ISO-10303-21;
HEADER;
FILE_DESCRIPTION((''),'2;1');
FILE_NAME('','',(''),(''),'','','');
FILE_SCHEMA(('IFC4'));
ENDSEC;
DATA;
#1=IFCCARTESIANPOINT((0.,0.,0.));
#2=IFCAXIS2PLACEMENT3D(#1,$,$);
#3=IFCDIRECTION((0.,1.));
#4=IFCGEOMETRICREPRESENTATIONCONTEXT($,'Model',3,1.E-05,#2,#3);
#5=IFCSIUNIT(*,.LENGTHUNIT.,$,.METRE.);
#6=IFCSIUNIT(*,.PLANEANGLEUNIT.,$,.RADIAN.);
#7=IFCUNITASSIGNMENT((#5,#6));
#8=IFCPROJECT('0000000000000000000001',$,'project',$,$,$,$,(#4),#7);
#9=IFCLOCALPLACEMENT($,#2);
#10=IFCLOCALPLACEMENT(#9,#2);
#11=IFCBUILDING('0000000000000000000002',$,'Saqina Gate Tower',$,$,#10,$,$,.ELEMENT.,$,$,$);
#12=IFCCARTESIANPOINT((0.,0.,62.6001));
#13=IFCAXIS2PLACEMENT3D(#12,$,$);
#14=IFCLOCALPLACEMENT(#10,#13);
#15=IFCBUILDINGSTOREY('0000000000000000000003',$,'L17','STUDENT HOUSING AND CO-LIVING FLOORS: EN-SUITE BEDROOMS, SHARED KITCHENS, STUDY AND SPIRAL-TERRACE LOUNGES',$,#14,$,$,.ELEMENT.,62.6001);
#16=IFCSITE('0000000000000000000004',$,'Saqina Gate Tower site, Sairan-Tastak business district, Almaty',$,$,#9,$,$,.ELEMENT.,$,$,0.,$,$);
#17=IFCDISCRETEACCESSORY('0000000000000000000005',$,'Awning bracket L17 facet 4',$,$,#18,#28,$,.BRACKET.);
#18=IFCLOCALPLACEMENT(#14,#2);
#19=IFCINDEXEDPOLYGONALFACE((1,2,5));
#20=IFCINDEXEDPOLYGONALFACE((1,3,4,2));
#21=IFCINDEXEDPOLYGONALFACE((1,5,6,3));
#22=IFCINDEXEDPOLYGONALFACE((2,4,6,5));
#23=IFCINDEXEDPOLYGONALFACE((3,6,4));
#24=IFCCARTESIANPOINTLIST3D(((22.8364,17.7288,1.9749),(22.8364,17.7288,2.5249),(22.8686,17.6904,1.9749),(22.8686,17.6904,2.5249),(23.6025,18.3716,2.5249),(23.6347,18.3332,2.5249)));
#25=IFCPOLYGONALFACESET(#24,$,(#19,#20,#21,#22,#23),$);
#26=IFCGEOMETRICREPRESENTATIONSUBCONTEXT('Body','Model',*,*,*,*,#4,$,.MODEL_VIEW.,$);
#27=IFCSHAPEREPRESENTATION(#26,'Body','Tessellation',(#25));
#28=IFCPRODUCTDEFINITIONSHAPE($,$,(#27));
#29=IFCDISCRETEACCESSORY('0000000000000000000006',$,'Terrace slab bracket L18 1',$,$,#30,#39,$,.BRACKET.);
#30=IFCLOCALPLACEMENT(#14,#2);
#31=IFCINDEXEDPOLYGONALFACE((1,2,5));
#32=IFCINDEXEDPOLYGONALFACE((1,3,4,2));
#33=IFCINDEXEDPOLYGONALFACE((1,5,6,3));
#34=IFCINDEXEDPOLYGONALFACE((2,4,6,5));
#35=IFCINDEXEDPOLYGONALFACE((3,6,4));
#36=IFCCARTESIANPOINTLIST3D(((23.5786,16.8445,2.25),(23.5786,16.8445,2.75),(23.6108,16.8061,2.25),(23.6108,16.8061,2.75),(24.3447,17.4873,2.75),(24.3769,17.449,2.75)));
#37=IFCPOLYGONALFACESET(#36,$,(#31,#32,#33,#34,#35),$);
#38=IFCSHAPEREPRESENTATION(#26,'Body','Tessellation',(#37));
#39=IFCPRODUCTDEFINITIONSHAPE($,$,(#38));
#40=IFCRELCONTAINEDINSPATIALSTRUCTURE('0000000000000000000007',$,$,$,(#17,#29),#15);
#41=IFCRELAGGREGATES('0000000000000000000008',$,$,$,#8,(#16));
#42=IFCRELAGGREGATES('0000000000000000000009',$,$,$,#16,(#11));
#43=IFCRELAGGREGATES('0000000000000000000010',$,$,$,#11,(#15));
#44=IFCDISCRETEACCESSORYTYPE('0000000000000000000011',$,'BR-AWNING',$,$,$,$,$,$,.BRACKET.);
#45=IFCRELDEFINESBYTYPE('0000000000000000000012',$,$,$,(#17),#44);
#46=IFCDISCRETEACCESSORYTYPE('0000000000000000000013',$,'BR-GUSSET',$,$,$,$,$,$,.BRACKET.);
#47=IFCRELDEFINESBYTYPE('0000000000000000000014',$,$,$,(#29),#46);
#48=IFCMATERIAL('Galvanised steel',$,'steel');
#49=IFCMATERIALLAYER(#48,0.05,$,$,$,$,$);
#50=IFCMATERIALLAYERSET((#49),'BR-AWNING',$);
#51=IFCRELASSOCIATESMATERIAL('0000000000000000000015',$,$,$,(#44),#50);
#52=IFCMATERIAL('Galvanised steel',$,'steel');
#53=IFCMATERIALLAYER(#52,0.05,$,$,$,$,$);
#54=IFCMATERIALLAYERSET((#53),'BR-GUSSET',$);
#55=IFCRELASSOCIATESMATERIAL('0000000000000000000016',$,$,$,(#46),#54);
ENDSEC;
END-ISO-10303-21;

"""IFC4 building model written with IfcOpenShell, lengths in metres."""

from ifc_helpers import new_model, si_unit, direction, frame, origin, place, context, subcontext, project, spatial, polyline, outline, extrude, material, layer, layer_set, type_object, element, save


model = new_model("IFC4")

# Units and contexts
model_context = context("Model", 3, precision=1e-05, world=origin(), true_north=direction((0.0, 1.0)))
body_context = subcontext(model_context, "Body", "Model", "MODEL_VIEW")
ifc_project = project(units=[si_unit("LENGTHUNIT", "METRE"), si_unit("PLANEANGLEUNIT", "RADIAN")], contexts=[model_context])

# Site, building, storey
site_placement = place(None, origin())
site = spatial("IfcSite", under=ifc_project, at=site_placement, Name="Saqina Gate Tower site, Sairan-Tastak business district, Almaty", CompositionType="ELEMENT", RefElevation=0.0)
building_placement = place(site_placement, origin())
building = spatial("IfcBuilding", under=site, at=building_placement, Name="Saqina Gate Tower", CompositionType="ELEMENT")
storey_placement = place(building_placement, frame((0.0, 0.0, 62.6001)))
storey = spatial("IfcBuildingStorey", under=building, at=storey_placement, Name="L17", Description="STUDENT HOUSING AND CO-LIVING FLOORS: EN-SUITE BEDROOMS, SHARED KITCHENS, STUDY AND SPIRAL-TERRACE LOUNGES", CompositionType="ELEMENT", Elevation=62.6001)

# Discrete accessories
ifc_material_1 = material(Name="Galvanised steel", Category="steel")
ifc_layer_1 = layer(ifc_material_1, 0.05)
ifc_layer_set_1 = layer_set([ifc_layer_1], Name="BR-AWNING")
discrete_accessory_type_1 = type_object("IfcDiscreteAccessoryType", Name="BR-AWNING", PredefinedType="BRACKET", material=ifc_layer_set_1)
discrete_accessory_1_placement = place(storey_placement, frame((22.8364, 17.7288, 1.9749), z_axis=(-0.642774, 0.766056, 0.0), x_axis=(0.0, 0.0, 1.0)))
element("IfcDiscreteAccessory", 1, at=discrete_accessory_1_placement, inside=storey, type_object=discrete_accessory_type_1, Name="Awning bracket L17 facet 4", PredefinedType="BRACKET", context=body_context, shape_type="SweptSolid", body=[
    extrude(outline(polyline([(0.0, 0.0), (0.55, 0.0), (0.55, 1.0001), (0.0, 0.0)])), origin(), (0.0, 0.0, -1.0), 0.05),
])
ifc_material_2 = material(Name="Galvanised steel", Category="steel")
ifc_layer_2 = layer(ifc_material_2, 0.05)
ifc_layer_set_2 = layer_set([ifc_layer_2], Name="BR-GUSSET")
discrete_accessory_type_2 = type_object("IfcDiscreteAccessoryType", Name="BR-GUSSET", PredefinedType="BRACKET", material=ifc_layer_set_2)
discrete_accessory_2_placement = place(storey_placement, frame((23.5786, 16.8445, 2.25), z_axis=(-0.642774, 0.766056, 0.0), x_axis=(0.0, 0.0, 1.0)))
element("IfcDiscreteAccessory", 2, at=discrete_accessory_2_placement, inside=storey, type_object=discrete_accessory_type_2, Name="Terrace slab bracket L18 1", PredefinedType="BRACKET", context=body_context, shape_type="SweptSolid", body=[
    extrude(outline(polyline([(0.0, 0.0), (0.5, 0.0), (0.5, 1.0001), (0.0, 0.0)])), origin(), (0.0, 0.0, -1.0), 0.05),
])

save(model, "model.ifc")
